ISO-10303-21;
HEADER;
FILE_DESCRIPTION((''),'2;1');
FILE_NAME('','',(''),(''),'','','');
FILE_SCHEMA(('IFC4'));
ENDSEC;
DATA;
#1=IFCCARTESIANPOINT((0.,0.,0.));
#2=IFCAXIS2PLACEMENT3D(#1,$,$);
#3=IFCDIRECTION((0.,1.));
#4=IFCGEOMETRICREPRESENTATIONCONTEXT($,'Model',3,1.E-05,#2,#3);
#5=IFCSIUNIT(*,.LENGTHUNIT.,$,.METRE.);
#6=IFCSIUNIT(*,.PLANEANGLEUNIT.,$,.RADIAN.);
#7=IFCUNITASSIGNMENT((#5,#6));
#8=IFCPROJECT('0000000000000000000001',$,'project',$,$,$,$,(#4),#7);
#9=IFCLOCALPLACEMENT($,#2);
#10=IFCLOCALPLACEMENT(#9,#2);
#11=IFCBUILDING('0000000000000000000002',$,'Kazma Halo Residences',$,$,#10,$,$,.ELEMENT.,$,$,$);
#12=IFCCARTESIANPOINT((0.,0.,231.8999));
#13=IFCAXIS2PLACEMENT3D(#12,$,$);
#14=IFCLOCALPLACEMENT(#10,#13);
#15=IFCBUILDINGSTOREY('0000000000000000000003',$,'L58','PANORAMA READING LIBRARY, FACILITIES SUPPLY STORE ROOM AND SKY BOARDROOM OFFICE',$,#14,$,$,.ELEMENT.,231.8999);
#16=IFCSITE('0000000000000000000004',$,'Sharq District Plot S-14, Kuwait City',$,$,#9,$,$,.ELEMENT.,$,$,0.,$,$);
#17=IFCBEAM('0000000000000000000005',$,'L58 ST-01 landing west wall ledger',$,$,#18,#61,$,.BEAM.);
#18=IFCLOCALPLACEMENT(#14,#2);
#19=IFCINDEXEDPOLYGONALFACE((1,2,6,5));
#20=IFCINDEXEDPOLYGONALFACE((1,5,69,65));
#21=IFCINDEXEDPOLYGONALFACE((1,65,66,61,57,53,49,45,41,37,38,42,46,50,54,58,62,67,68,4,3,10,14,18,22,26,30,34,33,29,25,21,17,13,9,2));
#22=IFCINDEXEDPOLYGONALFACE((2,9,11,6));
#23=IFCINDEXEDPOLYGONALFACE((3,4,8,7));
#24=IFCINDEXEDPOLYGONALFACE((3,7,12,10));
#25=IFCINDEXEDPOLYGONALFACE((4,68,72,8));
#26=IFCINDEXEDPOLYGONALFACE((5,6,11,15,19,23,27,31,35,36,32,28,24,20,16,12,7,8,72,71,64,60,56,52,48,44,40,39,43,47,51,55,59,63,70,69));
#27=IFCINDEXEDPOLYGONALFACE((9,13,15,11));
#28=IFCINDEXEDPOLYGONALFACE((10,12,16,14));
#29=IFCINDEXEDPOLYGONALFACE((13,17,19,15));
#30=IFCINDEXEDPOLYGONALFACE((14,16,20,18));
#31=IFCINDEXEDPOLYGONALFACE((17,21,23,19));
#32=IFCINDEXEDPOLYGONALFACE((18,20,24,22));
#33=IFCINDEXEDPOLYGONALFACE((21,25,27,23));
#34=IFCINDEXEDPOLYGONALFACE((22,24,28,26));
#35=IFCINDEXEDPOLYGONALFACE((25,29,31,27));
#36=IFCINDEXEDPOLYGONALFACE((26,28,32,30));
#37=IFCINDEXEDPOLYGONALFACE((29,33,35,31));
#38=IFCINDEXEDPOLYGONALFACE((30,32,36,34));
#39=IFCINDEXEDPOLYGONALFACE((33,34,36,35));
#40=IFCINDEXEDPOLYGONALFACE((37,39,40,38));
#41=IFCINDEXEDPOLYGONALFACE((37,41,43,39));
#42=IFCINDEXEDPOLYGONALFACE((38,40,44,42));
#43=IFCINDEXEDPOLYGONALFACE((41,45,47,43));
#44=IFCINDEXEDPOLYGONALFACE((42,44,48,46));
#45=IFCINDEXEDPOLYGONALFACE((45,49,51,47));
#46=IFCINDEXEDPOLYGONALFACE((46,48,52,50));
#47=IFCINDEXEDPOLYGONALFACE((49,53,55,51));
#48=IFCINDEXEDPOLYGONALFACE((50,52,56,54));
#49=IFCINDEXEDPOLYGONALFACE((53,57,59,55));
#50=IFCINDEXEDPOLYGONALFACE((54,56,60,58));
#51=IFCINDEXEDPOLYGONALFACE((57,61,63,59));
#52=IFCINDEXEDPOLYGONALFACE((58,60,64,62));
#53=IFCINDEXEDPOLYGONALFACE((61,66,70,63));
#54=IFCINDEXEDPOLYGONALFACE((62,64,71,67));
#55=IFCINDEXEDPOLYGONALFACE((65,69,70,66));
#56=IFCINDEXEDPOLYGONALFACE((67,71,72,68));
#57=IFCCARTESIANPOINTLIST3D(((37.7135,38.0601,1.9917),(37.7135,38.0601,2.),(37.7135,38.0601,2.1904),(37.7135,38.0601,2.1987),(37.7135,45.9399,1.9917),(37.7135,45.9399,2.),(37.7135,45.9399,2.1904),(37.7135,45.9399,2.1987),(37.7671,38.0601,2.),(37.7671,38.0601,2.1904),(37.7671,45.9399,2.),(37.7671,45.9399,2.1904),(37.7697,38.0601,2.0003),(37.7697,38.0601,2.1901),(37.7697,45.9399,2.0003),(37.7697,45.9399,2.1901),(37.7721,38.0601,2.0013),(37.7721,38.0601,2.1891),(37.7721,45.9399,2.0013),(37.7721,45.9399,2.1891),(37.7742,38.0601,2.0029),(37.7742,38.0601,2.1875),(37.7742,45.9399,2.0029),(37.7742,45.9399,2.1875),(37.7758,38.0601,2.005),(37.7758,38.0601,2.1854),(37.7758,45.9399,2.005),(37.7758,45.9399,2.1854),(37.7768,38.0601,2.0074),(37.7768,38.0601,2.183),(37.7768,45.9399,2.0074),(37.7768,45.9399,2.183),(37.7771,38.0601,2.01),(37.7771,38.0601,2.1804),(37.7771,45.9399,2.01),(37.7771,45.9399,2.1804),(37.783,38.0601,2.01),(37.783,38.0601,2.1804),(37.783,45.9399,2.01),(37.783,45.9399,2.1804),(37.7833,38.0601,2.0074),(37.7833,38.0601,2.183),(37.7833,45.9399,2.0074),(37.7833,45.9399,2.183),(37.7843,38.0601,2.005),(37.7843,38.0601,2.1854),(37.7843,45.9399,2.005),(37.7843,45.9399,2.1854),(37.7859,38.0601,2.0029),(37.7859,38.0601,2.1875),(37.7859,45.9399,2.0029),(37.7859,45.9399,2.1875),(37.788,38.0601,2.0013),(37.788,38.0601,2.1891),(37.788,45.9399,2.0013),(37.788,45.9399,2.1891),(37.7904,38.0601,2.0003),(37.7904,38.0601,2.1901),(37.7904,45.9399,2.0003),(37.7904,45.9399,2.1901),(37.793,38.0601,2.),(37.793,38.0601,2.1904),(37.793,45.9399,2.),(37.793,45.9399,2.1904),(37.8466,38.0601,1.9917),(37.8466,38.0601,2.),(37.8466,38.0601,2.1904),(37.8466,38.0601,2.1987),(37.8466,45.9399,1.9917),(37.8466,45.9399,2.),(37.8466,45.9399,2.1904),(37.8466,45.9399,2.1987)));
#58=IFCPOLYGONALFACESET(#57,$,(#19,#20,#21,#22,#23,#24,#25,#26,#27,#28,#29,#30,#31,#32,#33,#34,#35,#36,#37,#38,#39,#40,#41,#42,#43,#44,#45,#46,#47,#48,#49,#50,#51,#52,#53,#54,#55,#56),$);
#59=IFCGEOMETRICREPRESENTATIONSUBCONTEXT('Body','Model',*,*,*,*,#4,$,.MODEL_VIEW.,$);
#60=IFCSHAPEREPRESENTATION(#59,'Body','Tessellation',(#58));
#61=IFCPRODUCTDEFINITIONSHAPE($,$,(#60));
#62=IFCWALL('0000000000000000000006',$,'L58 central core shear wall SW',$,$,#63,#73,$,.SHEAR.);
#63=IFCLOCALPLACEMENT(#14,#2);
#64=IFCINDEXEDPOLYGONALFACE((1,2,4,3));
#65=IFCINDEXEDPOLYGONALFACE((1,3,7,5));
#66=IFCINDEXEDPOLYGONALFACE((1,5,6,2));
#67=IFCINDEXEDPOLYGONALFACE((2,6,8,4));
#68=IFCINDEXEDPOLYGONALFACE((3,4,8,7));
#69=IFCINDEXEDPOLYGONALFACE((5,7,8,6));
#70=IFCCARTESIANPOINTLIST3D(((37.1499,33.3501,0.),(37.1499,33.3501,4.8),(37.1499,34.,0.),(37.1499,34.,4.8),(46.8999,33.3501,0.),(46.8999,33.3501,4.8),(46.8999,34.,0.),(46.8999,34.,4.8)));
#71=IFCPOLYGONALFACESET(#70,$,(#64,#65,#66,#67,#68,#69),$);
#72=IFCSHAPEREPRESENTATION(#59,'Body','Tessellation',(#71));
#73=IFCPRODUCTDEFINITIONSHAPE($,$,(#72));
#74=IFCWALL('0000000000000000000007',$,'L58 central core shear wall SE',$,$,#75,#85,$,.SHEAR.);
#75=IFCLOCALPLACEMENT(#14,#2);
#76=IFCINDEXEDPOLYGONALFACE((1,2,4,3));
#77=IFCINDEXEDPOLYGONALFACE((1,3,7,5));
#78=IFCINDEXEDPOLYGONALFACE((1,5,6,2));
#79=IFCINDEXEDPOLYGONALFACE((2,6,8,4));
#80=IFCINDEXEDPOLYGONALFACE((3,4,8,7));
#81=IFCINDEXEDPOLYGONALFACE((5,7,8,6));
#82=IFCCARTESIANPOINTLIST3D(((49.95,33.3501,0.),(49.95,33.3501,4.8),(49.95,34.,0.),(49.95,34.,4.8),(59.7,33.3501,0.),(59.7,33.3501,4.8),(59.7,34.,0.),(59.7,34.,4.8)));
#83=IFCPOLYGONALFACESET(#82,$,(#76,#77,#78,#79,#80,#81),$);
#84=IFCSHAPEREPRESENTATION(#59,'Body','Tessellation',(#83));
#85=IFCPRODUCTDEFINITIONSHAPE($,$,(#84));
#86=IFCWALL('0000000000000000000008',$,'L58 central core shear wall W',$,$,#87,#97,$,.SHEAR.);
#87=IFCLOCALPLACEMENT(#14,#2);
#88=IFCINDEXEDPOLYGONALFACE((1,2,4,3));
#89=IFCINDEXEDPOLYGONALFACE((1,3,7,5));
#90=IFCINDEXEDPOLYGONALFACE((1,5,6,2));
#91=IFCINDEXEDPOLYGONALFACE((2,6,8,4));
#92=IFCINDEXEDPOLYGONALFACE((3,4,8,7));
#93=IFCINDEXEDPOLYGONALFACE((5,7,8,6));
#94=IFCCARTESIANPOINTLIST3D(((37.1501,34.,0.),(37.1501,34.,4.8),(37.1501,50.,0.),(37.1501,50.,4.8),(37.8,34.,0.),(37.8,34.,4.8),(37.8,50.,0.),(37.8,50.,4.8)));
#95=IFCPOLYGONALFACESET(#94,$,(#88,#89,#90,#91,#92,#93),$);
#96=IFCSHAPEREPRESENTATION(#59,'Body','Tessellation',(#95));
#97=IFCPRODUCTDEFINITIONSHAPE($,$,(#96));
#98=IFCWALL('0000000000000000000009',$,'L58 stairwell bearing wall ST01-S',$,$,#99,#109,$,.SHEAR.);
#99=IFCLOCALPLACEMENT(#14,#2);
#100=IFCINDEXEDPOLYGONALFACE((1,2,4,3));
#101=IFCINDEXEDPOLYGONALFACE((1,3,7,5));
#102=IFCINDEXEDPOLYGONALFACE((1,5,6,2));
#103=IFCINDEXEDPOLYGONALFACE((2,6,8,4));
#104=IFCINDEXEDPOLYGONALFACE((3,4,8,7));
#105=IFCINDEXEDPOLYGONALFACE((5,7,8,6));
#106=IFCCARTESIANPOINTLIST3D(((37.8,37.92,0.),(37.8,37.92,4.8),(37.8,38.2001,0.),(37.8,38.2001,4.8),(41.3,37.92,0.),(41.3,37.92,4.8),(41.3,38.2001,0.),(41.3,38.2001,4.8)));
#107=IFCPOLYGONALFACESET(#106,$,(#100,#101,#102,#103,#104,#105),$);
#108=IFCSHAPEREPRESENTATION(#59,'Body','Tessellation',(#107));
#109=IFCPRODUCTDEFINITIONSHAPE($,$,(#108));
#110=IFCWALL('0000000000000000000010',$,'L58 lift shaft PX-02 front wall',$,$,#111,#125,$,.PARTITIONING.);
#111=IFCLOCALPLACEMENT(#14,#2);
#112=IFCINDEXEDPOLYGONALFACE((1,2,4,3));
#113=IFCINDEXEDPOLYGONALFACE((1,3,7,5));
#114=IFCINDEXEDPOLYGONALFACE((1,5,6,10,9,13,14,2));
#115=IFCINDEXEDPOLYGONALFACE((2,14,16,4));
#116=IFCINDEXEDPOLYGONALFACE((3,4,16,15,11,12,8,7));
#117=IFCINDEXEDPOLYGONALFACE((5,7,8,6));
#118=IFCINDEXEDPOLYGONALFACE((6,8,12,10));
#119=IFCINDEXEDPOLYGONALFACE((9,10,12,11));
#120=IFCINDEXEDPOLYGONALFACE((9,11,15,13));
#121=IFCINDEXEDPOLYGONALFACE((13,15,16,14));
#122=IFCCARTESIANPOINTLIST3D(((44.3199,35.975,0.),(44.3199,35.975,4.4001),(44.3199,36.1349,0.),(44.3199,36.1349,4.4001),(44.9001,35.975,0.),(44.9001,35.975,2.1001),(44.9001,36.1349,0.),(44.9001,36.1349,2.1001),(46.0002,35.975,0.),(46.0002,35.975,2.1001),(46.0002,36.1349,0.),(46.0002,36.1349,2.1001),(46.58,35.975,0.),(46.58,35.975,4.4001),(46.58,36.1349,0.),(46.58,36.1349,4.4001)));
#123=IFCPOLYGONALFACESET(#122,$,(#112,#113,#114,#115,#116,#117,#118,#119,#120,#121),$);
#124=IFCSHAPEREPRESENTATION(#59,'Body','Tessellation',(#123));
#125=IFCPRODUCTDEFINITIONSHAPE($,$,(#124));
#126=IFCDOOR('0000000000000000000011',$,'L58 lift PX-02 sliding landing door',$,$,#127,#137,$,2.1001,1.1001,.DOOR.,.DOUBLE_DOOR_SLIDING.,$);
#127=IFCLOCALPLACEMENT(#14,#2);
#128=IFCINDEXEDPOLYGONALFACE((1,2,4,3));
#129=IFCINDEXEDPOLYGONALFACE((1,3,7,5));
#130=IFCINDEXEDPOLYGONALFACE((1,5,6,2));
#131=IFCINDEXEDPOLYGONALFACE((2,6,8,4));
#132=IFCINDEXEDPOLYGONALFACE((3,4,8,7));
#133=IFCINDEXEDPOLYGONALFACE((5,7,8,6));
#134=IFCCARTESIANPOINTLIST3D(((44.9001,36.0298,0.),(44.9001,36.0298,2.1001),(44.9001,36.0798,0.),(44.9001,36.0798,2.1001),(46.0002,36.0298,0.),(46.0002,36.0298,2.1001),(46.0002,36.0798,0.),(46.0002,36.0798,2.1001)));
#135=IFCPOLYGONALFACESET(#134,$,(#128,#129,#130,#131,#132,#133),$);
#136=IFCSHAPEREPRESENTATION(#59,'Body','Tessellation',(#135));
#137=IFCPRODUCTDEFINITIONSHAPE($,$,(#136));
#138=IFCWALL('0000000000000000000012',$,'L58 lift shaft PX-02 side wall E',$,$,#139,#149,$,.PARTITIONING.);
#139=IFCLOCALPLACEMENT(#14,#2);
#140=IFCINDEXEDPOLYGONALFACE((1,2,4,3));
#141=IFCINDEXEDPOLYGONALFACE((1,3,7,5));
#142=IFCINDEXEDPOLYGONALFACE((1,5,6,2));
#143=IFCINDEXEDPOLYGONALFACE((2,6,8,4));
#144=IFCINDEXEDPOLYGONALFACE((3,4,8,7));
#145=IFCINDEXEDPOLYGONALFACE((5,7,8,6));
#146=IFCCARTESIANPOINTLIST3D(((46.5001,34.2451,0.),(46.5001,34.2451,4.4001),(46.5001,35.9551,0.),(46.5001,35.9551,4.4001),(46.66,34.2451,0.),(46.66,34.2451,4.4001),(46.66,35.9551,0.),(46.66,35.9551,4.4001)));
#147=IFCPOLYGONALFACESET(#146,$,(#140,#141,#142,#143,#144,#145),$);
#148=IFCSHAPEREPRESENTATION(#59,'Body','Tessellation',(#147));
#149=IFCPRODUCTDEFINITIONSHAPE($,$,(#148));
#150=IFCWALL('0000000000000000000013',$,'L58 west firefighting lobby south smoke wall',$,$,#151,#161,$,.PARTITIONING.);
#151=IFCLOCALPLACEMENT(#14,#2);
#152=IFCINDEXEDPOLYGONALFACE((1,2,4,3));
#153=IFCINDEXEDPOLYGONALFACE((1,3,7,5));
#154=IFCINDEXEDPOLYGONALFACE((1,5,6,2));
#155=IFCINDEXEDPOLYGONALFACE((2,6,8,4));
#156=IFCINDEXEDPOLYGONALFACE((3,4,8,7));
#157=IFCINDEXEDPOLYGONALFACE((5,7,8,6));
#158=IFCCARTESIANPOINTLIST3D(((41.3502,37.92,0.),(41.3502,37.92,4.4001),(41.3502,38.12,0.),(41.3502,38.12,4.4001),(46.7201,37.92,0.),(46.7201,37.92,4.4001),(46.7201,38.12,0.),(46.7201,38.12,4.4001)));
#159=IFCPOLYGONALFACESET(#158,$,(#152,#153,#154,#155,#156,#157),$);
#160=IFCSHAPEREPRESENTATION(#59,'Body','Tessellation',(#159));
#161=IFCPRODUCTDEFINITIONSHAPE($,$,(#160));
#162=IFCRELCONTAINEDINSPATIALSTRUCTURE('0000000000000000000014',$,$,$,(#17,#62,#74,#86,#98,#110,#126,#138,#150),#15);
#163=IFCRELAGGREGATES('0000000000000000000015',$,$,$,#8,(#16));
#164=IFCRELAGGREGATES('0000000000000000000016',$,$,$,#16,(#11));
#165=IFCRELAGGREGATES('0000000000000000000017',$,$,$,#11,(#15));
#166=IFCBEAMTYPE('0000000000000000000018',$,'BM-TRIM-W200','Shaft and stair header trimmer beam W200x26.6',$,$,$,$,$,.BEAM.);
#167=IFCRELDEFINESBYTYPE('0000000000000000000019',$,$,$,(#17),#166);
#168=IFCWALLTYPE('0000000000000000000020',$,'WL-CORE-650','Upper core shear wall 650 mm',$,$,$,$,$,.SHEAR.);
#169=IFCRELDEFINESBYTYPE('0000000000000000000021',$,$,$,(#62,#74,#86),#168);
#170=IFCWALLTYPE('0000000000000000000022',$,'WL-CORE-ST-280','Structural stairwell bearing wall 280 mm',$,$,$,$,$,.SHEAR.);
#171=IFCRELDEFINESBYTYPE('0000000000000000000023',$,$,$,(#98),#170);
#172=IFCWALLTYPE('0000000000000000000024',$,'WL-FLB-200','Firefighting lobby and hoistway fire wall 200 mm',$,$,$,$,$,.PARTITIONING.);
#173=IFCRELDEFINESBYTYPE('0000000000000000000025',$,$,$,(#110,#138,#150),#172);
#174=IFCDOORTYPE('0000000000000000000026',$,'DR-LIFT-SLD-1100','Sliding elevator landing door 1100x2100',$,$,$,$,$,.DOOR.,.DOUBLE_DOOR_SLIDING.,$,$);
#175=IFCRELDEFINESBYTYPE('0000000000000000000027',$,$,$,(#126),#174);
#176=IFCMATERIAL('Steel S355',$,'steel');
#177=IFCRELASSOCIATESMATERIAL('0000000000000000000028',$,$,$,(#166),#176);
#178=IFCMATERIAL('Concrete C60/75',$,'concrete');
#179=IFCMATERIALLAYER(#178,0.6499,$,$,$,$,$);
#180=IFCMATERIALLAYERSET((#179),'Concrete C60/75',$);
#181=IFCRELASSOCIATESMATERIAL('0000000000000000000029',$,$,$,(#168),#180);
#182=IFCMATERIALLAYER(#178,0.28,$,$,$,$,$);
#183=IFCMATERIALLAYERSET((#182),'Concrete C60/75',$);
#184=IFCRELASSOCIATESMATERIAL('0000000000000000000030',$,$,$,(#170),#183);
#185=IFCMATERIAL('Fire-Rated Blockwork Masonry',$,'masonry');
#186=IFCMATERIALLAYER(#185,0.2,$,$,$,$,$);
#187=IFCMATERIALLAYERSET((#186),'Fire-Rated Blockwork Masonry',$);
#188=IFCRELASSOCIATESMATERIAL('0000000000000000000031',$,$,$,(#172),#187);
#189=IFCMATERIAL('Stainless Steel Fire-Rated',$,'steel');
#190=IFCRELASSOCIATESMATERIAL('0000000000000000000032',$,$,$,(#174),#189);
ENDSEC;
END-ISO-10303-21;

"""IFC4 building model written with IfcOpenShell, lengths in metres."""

from ifc_helpers import new_model, si_unit, direction, frame, frame_2d, origin, origin_2d, place, context, subcontext, project, spatial, rectangle, i_section, extrude, material, layer, layer_set, material_profile, profile_set, type_object, element, fill, save


model = new_model("IFC4")

# Units and contexts
model_context = context("Model", 3, precision=1e-05, world=origin(), true_north=direction((0.0, 1.0)))
body_context = subcontext(model_context, "Body", "Model", "MODEL_VIEW")
ifc_project = project(units=[si_unit("LENGTHUNIT", "METRE"), si_unit("PLANEANGLEUNIT", "RADIAN")], contexts=[model_context])

# Site, building, storey
site_placement = place(None, origin())
site = spatial("IfcSite", under=ifc_project, at=site_placement, Name="Sharq District Plot S-14, Kuwait City", CompositionType="ELEMENT", RefElevation=0.0)
building_placement = place(site_placement, origin())
building = spatial("IfcBuilding", under=site, at=building_placement, Name="Kazma Halo Residences", CompositionType="ELEMENT")
storey_placement = place(building_placement, frame((0.0, 0.0, 231.8999)))
storey = spatial("IfcBuildingStorey", under=building, at=storey_placement, Name="L58", Description="PANORAMA READING LIBRARY, FACILITIES SUPPLY STORE ROOM AND SKY BOARDROOM OFFICE", CompositionType="ELEMENT", Elevation=231.8999)

# Beam
ifc_material_1 = material(Name="Steel S355", Category="steel")
ifc_material_profile_1 = material_profile(ifc_material_1, i_section(OverallWidth=0.1331, OverallDepth=0.207, WebThickness=0.0059, FlangeThickness=0.0083, FilletRadius=0.01, at=origin_2d()), Name="W200x26.6")
ifc_profile_set_1 = profile_set([ifc_material_profile_1], Name="Steel S355")
beam_type_1 = type_object("IfcBeamType", Name="BM-TRIM-W200", Description="Shaft and stair header trimmer beam W200x26.6", PredefinedType="BEAM", material=ifc_profile_set_1)
beam_1_placement = place(storey_placement, frame((37.78, 38.0601, 2.0952), z_axis=(0.0, 1.0, 0.0), x_axis=(-1.0, 0.0, 0.0)))
element("IfcBeam", 1, at=beam_1_placement, inside=storey, type_object=beam_type_1, Name="L58 ST-01 landing west wall ledger", PredefinedType="BEAM", context=body_context, shape_type="SweptSolid", body=[
    extrude(i_section(OverallWidth=0.1331, OverallDepth=0.207, WebThickness=0.0059, FlangeThickness=0.0083, FilletRadius=0.01, at=origin_2d()), origin(), (0.0, 0.0, 1.0), 7.8799),
])

# Walls
ifc_material_2 = material(Name="Concrete C60/75", Category="concrete")
ifc_layer_1 = layer(ifc_material_2, 0.6499)
ifc_layer_set_1 = layer_set([ifc_layer_1], Name="Concrete C60/75")
wall_type_1 = type_object("IfcWallType", Name="WL-CORE-650", Description="Upper core shear wall 650 mm", PredefinedType="SHEAR", material=ifc_layer_set_1)
for number, where, z_axis, x_axis, name in (
    (2, (37.1499, 33.675, 0.0), (0.0, 0.0, 1.0), (1.0, 0.0, 0.0), "L58 central core shear wall SW"),
    (3, (49.95, 33.675, 0.0), (0.0, 0.0, 1.0), (1.0, 0.0, 0.0), "L58 central core shear wall SE"),
):
    element("IfcWall", number, at=place(storey_placement, frame(where, z_axis=z_axis, x_axis=x_axis)), inside=storey, type_object=wall_type_1, Name=name, PredefinedType="SHEAR", context=body_context, shape_type="SweptSolid", body=[
        extrude(rectangle(XDim=9.75, YDim=0.6499, at=frame_2d((4.875, 0.0))), origin(), (0.0, 0.0, 1.0), 4.8),
    ])
wall_1_placement = place(storey_placement, frame((37.4751, 34.0, 0.0), z_axis=(0.0, 0.0, 1.0), x_axis=(0.0, 1.0, 0.0)))
element("IfcWall", 4, at=wall_1_placement, inside=storey, type_object=wall_type_1, Name="L58 central core shear wall W", PredefinedType="SHEAR", context=body_context, shape_type="SweptSolid", body=[
    extrude(rectangle(XDim=16.0, YDim=0.6499, at=frame_2d((8.0, 0.0))), origin(), (0.0, 0.0, 1.0), 4.8),
])
ifc_layer_2 = layer(ifc_material_2, 0.28)
ifc_layer_set_2 = layer_set([ifc_layer_2], Name="Concrete C60/75")
wall_type_2 = type_object("IfcWallType", Name="WL-CORE-ST-280", Description="Structural stairwell bearing wall 280 mm", PredefinedType="SHEAR", material=ifc_layer_set_2)
wall_2_placement = place(storey_placement, frame((37.8, 38.0601, 0.0), z_axis=(0.0, 0.0, 1.0), x_axis=(1.0, 0.0, 0.0)))
element("IfcWall", 5, at=wall_2_placement, inside=storey, type_object=wall_type_2, Name="L58 stairwell bearing wall ST01-S", PredefinedType="SHEAR", context=body_context, shape_type="SweptSolid", body=[
    extrude(rectangle(XDim=3.5, YDim=0.28, at=frame_2d((1.75, 0.0))), origin(), (0.0, 0.0, 1.0), 4.8),
])

# Wall, opening, door
ifc_material_3 = material(Name="Fire-Rated Blockwork Masonry", Category="masonry")
ifc_layer_3 = layer(ifc_material_3, 0.2)
ifc_layer_set_3 = layer_set([ifc_layer_3], Name="Fire-Rated Blockwork Masonry")
wall_type_3 = type_object("IfcWallType", Name="WL-FLB-200", Description="Firefighting lobby and hoistway fire wall 200 mm", PredefinedType="PARTITIONING", material=ifc_layer_set_3)
wall_3_placement = place(storey_placement, frame((44.3201, 36.0549, 0.0), z_axis=(0.0, 0.0, 1.0), x_axis=(1.0, 0.0, 0.0)))
wall_3 = element("IfcWall", 6, at=wall_3_placement, inside=storey, type_object=wall_type_3, Name="L58 lift shaft PX-02 front wall", PredefinedType="PARTITIONING", context=body_context, shape_type="SweptSolid", body=[
    extrude(rectangle(XDim=2.26, YDim=0.1599, at=frame_2d((1.1299, 0.0))), origin(), (0.0, 0.0, 1.0), 4.4001),
])
opening_1_placement = place(wall_3_placement, frame((0.5801, 0.0, 0.0)))
opening_1 = element("IfcOpeningElement", 7, at=opening_1_placement, cuts=wall_3, PredefinedType="OPENING", context=body_context, shape_type="SweptSolid", body=[
    extrude(rectangle(XDim=1.1001, YDim=2.1001, at=frame_2d((0.55, 1.05))), frame((0.0, 0.0898, 0.0), z_axis=(0.0, -1.0, 0.0), x_axis=(1.0, 0.0, 0.0)), (0.0, 0.0, 1.0), 0.1799),
])
ifc_material_4 = material(Name="Stainless Steel Fire-Rated", Category="steel")
door_type_1 = type_object("IfcDoorType", Name="DR-LIFT-SLD-1100", Description="Sliding elevator landing door 1100x2100", OperationType="DOUBLE_DOOR_SLIDING", PredefinedType="DOOR", material=ifc_material_4)
door_1_placement = place(opening_1_placement, origin())
door_1 = element("IfcDoor", 8, at=door_1_placement, inside=storey, type_object=door_type_1, Name="L58 lift PX-02 sliding landing door", OperationType="DOUBLE_DOOR_SLIDING", OverallHeight=2.1001, OverallWidth=1.1001, PredefinedType="DOOR", context=body_context, shape_type="SweptSolid", body=[
    extrude(rectangle(XDim=1.1001, YDim=2.1001, at=frame_2d((0.55, 1.05))), frame((0.0, 0.0249, 0.0), z_axis=(0.0, -1.0, 0.0), x_axis=(1.0, 0.0, 0.0)), (0.0, 0.0, 1.0), 0.05),
])
fill(opening_1, door_1)

# Walls
wall_4_placement = place(storey_placement, frame((46.5801, 34.2451, 0.0), z_axis=(0.0, 0.0, 1.0), x_axis=(0.0, 1.0, 0.0)))
element("IfcWall", 9, at=wall_4_placement, inside=storey, type_object=wall_type_3, Name="L58 lift shaft PX-02 side wall E", PredefinedType="PARTITIONING", context=body_context, shape_type="SweptSolid", body=[
    extrude(rectangle(XDim=1.71, YDim=0.1599, at=frame_2d((0.855, 0.0))), origin(), (0.0, 0.0, 1.0), 4.4001),
])
wall_5_placement = place(storey_placement, frame((41.3501, 38.02, 0.0), z_axis=(0.0, 0.0, 1.0), x_axis=(1.0, 0.0, 0.0)))
element("IfcWall", 10, at=wall_5_placement, inside=storey, type_object=wall_type_3, Name="L58 west firefighting lobby south smoke wall", PredefinedType="PARTITIONING", context=body_context, shape_type="SweptSolid", body=[
    extrude(rectangle(XDim=5.3699, YDim=0.2, at=frame_2d((2.6851, 0.0))), origin(), (0.0, 0.0, 1.0), 4.4001),
])

save(model, "model.ifc")
